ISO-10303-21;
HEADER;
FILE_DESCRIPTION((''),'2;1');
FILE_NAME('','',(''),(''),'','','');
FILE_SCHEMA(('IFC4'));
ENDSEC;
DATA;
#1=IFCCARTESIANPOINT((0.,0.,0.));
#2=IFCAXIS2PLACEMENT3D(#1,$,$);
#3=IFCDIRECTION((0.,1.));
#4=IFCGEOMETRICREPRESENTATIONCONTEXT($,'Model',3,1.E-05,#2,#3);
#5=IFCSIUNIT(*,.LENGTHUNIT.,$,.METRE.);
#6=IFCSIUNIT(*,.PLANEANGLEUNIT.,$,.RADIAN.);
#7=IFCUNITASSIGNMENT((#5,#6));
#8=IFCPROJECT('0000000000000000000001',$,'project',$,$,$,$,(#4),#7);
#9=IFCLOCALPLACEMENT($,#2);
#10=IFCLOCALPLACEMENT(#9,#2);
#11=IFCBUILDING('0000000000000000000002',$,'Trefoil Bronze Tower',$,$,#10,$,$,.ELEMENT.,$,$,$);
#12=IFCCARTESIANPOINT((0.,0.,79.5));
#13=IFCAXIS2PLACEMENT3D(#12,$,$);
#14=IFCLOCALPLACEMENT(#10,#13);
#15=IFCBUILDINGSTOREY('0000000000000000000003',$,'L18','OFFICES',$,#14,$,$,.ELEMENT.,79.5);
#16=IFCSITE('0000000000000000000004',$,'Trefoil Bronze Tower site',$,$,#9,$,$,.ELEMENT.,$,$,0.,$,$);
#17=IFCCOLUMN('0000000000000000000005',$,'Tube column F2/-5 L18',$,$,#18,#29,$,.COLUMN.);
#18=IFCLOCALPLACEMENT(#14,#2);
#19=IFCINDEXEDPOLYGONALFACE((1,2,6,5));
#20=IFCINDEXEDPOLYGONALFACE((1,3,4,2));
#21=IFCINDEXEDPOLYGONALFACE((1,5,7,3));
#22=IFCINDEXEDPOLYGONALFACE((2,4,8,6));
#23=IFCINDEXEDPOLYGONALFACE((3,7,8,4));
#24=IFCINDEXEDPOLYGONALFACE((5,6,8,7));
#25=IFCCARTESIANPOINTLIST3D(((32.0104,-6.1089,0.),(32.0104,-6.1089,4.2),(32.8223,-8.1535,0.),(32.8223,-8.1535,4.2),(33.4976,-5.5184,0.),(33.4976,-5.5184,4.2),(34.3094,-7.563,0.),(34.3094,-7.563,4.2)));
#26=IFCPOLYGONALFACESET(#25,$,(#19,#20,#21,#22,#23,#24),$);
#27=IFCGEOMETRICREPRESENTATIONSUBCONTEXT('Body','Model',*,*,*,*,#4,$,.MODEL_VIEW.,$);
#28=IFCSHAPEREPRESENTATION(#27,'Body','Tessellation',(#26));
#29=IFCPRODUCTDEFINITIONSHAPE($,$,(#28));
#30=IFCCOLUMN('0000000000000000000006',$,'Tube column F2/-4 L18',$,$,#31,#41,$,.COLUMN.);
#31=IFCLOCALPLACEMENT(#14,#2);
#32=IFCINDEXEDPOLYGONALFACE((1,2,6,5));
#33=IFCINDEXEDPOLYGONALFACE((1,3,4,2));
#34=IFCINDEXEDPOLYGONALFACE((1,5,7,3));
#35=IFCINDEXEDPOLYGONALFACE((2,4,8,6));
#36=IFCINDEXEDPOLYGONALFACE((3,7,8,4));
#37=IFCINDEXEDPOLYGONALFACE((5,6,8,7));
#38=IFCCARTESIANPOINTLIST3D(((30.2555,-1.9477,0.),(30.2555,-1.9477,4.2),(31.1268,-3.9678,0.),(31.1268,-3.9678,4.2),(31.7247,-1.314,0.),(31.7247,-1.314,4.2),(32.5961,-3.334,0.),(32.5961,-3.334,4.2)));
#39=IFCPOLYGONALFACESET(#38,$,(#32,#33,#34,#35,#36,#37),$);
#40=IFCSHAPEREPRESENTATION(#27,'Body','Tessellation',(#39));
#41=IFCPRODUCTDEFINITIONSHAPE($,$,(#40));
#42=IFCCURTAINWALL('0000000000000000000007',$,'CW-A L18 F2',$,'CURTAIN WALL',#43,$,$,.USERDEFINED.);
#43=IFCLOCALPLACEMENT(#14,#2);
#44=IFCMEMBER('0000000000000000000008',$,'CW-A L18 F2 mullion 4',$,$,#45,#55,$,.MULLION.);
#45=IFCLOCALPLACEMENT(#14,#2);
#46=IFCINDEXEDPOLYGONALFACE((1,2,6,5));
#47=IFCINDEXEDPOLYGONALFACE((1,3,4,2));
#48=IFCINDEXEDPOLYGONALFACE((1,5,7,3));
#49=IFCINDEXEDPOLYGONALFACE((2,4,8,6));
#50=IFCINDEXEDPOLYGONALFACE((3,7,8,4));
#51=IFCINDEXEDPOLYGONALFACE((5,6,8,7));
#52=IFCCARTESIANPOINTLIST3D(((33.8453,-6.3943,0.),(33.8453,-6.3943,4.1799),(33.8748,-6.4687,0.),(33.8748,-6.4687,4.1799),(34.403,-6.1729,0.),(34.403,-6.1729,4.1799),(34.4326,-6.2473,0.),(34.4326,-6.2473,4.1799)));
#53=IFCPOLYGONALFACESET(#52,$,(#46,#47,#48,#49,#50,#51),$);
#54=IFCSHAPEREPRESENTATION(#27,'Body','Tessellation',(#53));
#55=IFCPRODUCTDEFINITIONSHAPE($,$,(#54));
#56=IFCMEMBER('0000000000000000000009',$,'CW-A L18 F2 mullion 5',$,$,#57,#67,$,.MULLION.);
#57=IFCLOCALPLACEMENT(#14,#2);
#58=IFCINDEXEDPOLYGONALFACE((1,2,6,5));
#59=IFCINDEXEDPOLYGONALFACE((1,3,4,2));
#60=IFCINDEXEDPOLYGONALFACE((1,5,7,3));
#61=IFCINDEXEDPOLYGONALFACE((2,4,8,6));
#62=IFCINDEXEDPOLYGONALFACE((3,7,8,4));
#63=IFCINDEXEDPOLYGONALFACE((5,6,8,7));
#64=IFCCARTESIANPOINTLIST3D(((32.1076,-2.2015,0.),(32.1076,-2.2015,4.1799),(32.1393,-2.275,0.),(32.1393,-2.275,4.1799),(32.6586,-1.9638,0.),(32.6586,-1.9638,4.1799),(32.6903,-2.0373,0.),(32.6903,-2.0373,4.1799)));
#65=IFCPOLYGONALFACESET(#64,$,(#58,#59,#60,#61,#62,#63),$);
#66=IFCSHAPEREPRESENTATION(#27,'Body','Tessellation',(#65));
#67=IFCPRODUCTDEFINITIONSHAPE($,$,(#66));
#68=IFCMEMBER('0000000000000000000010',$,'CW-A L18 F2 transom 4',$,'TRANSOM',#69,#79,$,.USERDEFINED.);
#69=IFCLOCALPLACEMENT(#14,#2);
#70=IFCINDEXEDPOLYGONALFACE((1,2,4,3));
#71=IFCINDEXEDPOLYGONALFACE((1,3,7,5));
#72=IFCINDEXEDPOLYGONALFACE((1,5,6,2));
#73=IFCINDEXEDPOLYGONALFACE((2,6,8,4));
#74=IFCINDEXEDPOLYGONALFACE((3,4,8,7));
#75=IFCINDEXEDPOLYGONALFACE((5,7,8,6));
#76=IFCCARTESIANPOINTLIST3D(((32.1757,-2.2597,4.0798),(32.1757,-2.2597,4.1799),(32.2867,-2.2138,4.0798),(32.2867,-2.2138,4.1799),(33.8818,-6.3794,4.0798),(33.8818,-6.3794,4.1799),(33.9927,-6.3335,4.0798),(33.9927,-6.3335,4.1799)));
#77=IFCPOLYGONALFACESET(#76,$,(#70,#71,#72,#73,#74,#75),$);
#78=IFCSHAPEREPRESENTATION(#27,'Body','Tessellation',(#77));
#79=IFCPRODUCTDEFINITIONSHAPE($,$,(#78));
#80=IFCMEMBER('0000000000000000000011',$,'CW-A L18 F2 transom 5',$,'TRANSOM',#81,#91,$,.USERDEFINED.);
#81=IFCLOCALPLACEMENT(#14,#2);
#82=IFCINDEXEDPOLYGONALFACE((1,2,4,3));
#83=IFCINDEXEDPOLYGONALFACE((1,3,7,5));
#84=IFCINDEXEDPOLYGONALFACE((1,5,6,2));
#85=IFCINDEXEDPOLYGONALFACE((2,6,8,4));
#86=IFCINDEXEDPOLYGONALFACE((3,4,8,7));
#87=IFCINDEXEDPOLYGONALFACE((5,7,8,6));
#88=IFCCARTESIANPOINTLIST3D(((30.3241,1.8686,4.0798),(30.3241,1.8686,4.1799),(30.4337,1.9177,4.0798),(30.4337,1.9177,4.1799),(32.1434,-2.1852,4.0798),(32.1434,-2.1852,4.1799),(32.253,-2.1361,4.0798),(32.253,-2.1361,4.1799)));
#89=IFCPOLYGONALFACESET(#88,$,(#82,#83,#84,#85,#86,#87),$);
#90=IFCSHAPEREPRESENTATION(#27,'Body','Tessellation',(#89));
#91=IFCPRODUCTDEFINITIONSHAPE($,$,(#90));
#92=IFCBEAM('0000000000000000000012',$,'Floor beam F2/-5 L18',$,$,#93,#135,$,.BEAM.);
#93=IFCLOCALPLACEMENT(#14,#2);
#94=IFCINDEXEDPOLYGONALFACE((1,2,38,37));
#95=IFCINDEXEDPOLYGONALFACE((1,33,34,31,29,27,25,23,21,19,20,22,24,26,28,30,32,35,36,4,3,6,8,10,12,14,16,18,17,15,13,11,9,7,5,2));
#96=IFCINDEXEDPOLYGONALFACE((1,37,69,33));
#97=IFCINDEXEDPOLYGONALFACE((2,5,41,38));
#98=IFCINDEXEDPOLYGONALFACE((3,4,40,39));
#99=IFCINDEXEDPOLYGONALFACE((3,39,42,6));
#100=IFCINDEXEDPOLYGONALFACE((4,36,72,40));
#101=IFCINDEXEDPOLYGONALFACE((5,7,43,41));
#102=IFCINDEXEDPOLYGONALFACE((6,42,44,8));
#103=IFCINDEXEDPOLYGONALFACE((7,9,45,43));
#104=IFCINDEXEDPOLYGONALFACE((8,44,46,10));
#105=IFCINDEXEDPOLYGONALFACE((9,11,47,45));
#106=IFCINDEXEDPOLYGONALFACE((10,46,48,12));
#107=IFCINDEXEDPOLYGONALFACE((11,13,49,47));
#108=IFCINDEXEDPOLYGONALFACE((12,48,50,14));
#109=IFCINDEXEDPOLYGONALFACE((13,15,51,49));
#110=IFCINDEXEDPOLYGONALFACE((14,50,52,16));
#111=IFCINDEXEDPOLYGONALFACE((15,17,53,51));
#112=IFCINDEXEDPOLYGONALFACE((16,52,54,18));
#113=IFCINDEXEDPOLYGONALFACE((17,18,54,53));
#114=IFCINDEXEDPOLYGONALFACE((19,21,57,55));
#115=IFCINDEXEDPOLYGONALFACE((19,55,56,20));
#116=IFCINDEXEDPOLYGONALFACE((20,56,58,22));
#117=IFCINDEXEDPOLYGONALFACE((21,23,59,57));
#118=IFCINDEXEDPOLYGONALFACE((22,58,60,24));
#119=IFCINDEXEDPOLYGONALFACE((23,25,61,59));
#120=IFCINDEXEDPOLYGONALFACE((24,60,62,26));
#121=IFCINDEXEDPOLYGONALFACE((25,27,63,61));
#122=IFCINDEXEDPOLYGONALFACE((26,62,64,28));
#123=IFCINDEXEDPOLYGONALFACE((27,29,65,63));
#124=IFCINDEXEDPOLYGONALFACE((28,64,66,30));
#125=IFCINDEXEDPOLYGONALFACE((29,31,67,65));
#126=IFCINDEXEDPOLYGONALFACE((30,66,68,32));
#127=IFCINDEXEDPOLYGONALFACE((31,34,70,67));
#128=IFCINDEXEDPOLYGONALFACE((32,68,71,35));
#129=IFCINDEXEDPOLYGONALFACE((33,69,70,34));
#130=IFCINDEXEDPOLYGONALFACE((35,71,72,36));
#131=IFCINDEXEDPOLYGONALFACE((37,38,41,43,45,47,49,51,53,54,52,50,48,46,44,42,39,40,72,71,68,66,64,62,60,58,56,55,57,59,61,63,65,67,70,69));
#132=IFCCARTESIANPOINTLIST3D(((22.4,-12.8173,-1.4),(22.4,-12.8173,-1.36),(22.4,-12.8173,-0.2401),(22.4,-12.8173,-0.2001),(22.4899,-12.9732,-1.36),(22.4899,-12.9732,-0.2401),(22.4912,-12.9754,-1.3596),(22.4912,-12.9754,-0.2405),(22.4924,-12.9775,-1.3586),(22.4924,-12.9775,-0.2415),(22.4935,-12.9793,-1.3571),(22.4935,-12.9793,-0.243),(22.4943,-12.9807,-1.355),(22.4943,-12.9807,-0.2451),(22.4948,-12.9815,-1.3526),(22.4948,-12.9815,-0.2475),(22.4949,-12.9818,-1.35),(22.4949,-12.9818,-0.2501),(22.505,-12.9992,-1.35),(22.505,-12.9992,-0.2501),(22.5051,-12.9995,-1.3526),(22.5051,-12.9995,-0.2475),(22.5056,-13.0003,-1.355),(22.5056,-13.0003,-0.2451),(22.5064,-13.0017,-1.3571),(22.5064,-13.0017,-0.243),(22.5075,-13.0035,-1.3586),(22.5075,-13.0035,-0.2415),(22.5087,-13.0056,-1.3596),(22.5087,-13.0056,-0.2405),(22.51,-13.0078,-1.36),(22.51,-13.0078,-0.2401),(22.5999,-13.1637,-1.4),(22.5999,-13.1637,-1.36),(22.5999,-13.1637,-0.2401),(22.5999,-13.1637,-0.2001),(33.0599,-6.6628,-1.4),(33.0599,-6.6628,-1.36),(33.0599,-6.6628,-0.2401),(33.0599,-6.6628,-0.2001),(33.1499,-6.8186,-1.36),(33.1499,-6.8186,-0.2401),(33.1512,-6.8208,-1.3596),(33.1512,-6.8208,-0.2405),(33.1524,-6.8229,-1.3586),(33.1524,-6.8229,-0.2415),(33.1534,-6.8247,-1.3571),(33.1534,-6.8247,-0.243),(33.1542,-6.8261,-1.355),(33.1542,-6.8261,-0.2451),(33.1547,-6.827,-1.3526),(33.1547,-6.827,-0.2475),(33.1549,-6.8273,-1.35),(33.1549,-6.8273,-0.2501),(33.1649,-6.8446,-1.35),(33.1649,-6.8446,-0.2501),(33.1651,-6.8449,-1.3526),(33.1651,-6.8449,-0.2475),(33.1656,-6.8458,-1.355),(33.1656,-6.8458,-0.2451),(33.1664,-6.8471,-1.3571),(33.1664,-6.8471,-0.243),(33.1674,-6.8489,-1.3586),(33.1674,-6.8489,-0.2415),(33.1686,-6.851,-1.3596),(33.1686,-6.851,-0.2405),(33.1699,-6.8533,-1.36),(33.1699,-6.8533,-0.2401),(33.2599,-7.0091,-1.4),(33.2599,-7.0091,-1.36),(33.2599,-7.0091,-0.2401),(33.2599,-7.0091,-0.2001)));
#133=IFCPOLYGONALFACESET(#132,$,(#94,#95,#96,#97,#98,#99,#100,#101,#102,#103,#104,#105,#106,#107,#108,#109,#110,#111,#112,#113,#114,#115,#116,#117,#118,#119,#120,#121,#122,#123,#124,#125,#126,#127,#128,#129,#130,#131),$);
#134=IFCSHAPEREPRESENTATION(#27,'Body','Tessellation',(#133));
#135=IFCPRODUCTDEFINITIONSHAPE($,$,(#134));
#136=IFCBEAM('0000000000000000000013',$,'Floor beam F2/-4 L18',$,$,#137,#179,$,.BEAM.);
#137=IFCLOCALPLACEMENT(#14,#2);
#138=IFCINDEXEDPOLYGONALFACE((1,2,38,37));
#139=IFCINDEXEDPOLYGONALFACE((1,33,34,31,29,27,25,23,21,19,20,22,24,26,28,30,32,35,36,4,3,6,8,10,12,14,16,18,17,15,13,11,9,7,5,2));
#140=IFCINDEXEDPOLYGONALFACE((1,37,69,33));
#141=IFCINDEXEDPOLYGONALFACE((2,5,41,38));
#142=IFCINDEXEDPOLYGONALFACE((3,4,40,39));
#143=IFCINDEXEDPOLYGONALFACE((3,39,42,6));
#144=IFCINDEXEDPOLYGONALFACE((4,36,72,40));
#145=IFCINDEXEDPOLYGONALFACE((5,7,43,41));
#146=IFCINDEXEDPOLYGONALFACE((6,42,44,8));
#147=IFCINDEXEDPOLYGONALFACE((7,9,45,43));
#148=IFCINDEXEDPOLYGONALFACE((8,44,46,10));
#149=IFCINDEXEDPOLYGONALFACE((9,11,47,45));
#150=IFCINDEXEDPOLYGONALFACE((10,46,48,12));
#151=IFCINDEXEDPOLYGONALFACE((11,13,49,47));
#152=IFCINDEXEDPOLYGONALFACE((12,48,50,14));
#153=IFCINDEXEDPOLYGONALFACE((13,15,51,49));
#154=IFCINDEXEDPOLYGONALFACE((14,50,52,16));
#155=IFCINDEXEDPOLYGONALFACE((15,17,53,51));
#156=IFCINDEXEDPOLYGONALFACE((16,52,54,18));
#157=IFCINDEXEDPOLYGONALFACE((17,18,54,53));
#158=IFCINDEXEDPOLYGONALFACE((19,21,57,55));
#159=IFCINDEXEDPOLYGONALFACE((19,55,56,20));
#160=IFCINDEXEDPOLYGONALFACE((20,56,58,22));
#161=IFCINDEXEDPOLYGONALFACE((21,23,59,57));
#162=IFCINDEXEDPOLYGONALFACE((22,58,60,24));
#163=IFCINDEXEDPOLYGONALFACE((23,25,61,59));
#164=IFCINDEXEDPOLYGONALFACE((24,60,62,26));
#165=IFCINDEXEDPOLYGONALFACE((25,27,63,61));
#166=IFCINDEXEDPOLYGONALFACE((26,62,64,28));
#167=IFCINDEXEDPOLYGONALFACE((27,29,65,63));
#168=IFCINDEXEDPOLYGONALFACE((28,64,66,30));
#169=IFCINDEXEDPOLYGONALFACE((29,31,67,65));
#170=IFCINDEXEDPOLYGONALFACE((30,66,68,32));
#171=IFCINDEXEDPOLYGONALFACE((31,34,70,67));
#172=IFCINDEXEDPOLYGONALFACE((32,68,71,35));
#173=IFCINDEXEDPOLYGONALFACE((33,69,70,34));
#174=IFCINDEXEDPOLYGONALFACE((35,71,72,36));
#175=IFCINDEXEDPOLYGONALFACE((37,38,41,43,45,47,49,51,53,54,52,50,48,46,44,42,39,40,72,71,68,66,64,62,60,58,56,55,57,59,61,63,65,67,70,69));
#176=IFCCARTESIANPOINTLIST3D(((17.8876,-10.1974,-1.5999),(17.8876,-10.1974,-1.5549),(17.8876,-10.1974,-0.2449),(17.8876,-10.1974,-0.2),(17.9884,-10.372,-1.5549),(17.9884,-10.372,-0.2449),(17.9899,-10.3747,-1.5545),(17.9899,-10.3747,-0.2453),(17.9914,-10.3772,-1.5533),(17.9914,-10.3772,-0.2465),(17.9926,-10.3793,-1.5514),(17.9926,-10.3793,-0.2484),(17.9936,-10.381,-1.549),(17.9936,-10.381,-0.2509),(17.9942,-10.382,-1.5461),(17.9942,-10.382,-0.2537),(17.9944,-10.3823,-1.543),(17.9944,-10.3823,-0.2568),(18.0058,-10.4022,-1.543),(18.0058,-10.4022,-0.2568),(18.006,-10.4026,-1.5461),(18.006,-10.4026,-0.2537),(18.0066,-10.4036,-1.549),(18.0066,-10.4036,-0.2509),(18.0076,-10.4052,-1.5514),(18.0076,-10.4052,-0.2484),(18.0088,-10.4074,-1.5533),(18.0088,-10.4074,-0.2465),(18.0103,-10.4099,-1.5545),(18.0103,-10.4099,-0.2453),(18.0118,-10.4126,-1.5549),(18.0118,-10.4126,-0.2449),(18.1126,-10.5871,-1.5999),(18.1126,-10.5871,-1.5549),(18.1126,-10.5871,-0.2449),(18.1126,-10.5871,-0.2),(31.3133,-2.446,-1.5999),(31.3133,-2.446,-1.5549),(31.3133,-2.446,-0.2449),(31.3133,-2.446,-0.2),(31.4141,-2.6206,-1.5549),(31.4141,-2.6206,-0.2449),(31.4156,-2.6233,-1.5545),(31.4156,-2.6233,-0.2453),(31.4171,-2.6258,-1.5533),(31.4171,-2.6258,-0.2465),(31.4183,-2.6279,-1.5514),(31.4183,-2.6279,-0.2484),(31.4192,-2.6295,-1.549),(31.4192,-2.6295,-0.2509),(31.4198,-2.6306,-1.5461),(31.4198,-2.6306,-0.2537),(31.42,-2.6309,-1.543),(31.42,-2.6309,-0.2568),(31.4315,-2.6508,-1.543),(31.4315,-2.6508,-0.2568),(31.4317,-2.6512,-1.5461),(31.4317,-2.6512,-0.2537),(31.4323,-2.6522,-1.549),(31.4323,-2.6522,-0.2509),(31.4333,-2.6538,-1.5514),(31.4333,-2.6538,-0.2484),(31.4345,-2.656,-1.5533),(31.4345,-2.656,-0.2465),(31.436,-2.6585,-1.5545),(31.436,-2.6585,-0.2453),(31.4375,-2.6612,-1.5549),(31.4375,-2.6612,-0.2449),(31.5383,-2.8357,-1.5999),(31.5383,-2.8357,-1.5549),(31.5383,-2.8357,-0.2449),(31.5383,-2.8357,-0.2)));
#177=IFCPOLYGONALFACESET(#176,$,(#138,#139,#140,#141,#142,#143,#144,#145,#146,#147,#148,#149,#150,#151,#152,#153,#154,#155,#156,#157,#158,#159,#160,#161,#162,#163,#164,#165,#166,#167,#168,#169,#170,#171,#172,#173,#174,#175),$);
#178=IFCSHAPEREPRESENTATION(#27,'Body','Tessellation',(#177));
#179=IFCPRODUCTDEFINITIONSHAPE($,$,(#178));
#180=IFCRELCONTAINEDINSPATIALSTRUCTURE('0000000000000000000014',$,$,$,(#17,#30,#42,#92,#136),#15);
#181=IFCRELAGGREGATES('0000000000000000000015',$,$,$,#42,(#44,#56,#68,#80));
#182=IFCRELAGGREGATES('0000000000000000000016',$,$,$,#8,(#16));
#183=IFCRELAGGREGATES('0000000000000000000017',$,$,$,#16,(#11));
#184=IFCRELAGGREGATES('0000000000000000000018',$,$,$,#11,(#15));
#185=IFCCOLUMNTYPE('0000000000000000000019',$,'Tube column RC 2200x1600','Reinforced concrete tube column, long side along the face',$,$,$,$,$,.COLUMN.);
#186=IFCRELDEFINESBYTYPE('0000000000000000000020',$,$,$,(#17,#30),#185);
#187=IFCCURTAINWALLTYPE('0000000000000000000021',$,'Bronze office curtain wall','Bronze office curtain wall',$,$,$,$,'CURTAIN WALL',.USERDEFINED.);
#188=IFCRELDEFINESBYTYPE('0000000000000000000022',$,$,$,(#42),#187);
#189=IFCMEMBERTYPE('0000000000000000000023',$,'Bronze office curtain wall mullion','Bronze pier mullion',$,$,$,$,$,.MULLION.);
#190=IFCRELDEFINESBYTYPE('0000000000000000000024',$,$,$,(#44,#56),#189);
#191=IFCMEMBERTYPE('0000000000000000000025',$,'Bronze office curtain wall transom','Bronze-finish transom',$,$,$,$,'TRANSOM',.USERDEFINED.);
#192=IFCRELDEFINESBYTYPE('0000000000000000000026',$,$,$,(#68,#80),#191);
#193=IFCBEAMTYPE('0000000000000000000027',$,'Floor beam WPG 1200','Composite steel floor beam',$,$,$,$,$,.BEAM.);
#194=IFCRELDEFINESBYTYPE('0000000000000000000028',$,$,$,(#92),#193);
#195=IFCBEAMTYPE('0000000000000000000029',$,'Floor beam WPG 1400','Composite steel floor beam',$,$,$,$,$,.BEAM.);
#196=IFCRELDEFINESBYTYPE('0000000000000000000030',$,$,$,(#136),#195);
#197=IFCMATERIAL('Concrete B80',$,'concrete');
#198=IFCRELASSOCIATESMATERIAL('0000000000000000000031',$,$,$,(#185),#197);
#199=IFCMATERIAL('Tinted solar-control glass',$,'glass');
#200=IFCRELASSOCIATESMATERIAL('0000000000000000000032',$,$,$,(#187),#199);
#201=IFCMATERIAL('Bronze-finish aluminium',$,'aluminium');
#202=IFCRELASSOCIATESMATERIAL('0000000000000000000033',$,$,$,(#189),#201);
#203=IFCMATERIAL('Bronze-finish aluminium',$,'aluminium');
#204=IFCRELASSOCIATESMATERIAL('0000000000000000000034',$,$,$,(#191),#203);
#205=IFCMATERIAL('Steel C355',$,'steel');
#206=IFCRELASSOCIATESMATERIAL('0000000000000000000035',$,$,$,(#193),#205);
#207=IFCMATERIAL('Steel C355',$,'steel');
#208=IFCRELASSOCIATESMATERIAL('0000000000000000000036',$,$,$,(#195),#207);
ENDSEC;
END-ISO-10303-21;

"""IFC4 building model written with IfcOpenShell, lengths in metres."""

from ifc_helpers import new_model, si_unit, direction, frame, origin, origin_2d, place, context, subcontext, project, spatial, rectangle, i_section, extrude, material, material_profile, profile_set, type_object, element, aggregate, save


model = new_model("IFC4")

# Units and contexts
model_context = context("Model", 3, precision=1e-05, world=origin(), true_north=direction((0.0, 1.0)))
body_context = subcontext(model_context, "Body", "Model", "MODEL_VIEW")
ifc_project = project(units=[si_unit("LENGTHUNIT", "METRE"), si_unit("PLANEANGLEUNIT", "RADIAN")], contexts=[model_context])

# Site, building, storey
site_placement = place(None, origin())
site = spatial("IfcSite", under=ifc_project, at=site_placement, Name="Trefoil Bronze Tower site", CompositionType="ELEMENT", RefElevation=0.0)
building_placement = place(site_placement, origin())
building = spatial("IfcBuilding", under=site, at=building_placement, Name="Trefoil Bronze Tower", CompositionType="ELEMENT")
storey_placement = place(building_placement, frame((0.0, 0.0, 79.5)))
storey = spatial("IfcBuildingStorey", under=building, at=storey_placement, Name="L18", Description="OFFICES", CompositionType="ELEMENT", Elevation=79.5)

# Columns
ifc_material_1 = material(Name="Concrete B80", Category="concrete")
ifc_material_profile_1 = material_profile(ifc_material_1, rectangle(XDim=2.2, YDim=1.6001, at=origin_2d()), Name="RC 2200x1600")
ifc_profile_set_1 = profile_set([ifc_material_profile_1], Name="Concrete B80")
column_type = type_object("IfcColumnType", Name="Tube column RC 2200x1600", Description="Reinforced concrete tube column, long side along the face", PredefinedType="COLUMN", material=ifc_profile_set_1)
for number, where, z_axis, x_axis, name in (
    (1, (33.1599, -6.8359, 0.0), (0.0, 0.0, 1.0), (-0.36904, 0.929414, 0.0), "Tube column F2/-5 L18"),
    (2, (31.4258, -2.6409, 0.0), (0.0, 0.0, 1.0), (-0.396085, 0.918214, 0.0), "Tube column F2/-4 L18"),
):
    element("IfcColumn", number, at=place(storey_placement, frame(where, z_axis=z_axis, x_axis=x_axis)), inside=storey, type_object=column_type, Name=name, PredefinedType="COLUMN", context=body_context, shape_type="SweptSolid", body=[
        extrude(rectangle(XDim=2.2, YDim=1.6001, at=origin_2d()), origin(), (0.0, 0.0, 1.0), 4.2),
    ])

# Curtain wall, members
ifc_material_2 = material(Name="Tinted solar-control glass", Category="glass")
curtain_wall_type = type_object("IfcCurtainWallType", Name="Bronze office curtain wall", Description="Bronze office curtain wall", ElementType="CURTAIN WALL", PredefinedType="USERDEFINED", material=ifc_material_2)
curtain_wall_placement = place(storey_placement, origin())
curtain_wall = element("IfcCurtainWall", 3, at=curtain_wall_placement, inside=storey, type_object=curtain_wall_type, Name="CW-A L18 F2", ObjectType="CURTAIN WALL", PredefinedType="USERDEFINED")
ifc_material_3 = material(Name="Bronze-finish aluminium", Category="aluminium")
ifc_material_profile_2 = material_profile(ifc_material_3, rectangle(XDim=0.6001, YDim=0.0801, at=origin_2d()), Name="CW-A mullion")
ifc_profile_set_2 = profile_set([ifc_material_profile_2], Name="Bronze-finish aluminium")
member_type_1 = type_object("IfcMemberType", Name="Bronze office curtain wall mullion", Description="Bronze pier mullion", PredefinedType="MULLION", material=ifc_profile_set_2)
member_1_placement = place(storey_placement, frame((34.1389, -6.3208, 0.0), z_axis=(0.0, 0.0, 1.0), x_axis=(-0.929414, -0.36904, 0.0)))
member_1 = element("IfcMember", 4, at=member_1_placement, type_object=member_type_1, Name="CW-A L18 F2 mullion 4", PredefinedType="MULLION", context=body_context, shape_type="SweptSolid", body=[
    extrude(rectangle(XDim=0.6001, YDim=0.0801, at=origin_2d()), origin(), (0.0, 0.0, 1.0), 4.1799),
])
member_2_placement = place(storey_placement, frame((32.3989, -2.1194, 0.0), z_axis=(0.0, 0.0, 1.0), x_axis=(-0.918214, -0.396085, 0.0)))
member_2 = element("IfcMember", 5, at=member_2_placement, type_object=member_type_1, Name="CW-A L18 F2 mullion 5", PredefinedType="MULLION", context=body_context, shape_type="SweptSolid", body=[
    extrude(rectangle(XDim=0.6001, YDim=0.0801, at=origin_2d()), origin(), (0.0, 0.0, 1.0), 4.1799),
])
ifc_material_4 = material(Name="Bronze-finish aluminium", Category="aluminium")
ifc_material_profile_3 = material_profile(ifc_material_4, rectangle(XDim=0.1201, YDim=0.1001, at=origin_2d()), Name="CW-A transom")
ifc_profile_set_3 = profile_set([ifc_material_profile_3], Name="Bronze-finish aluminium")
member_type_2 = type_object("IfcMemberType", Name="Bronze office curtain wall transom", Description="Bronze-finish transom", ElementType="TRANSOM", PredefinedType="USERDEFINED", material=ifc_profile_set_3)
member_3_placement = place(storey_placement, frame((33.9373, -6.3564, 4.1299), z_axis=(-0.382616, 0.923907, 0.0), x_axis=(-0.923907, -0.382616, 0.0)))
member_3 = element("IfcMember", 6, at=member_3_placement, type_object=member_type_2, Name="CW-A L18 F2 transom 4", ObjectType="TRANSOM", PredefinedType="USERDEFINED", context=body_context, shape_type="SweptSolid", body=[
    extrude(rectangle(XDim=0.1201, YDim=0.1001, at=origin_2d()), origin(), (0.0, 0.0, 1.0), 4.459),
])
member_4_placement = place(storey_placement, frame((32.1982, -2.1606, 4.1299), z_axis=(-0.40946, 0.912328, 0.0), x_axis=(-0.912328, -0.40946, 0.0)))
member_4 = element("IfcMember", 7, at=member_4_placement, type_object=member_type_2, Name="CW-A L18 F2 transom 5", ObjectType="TRANSOM", PredefinedType="USERDEFINED", context=body_context, shape_type="SweptSolid", body=[
    extrude(rectangle(XDim=0.1201, YDim=0.1001, at=origin_2d()), origin(), (0.0, 0.0, 1.0), 4.4434),
])

# Beams
ifc_material_5 = material(Name="Steel C355", Category="steel")
ifc_material_profile_4 = material_profile(ifc_material_5, i_section(OverallWidth=0.3999, OverallDepth=1.2, WebThickness=0.02, FlangeThickness=0.04, FilletRadius=0.01, at=origin_2d()), Name="WPG 1200")
ifc_profile_set_4 = profile_set([ifc_material_profile_4], Name="Steel C355")
beam_type_1 = type_object("IfcBeamType", Name="Floor beam WPG 1200", Description="Composite steel floor beam", PredefinedType="BEAM", material=ifc_profile_set_4)
beam_1_placement = place(storey_placement, frame((33.1599, -6.8359, -0.8), z_axis=(-0.866024, -0.500002, 0.0), x_axis=(0.500002, -0.866024, 0.0)))
element("IfcBeam", 8, at=beam_1_placement, inside=storey, type_object=beam_type_1, Name="Floor beam F2/-5 L18", PredefinedType="BEAM", context=body_context, shape_type="SweptSolid", body=[
    extrude(i_section(OverallWidth=0.3999, OverallDepth=1.2, WebThickness=0.02, FlangeThickness=0.04, FilletRadius=0.01, at=origin_2d()), origin(), (0.0, 0.0, 1.0), 12.3091),
])
ifc_material_6 = material(Name="Steel C355", Category="steel")
ifc_material_profile_5 = material_profile(ifc_material_6, i_section(OverallWidth=0.45, OverallDepth=1.3999, WebThickness=0.0229, FlangeThickness=0.0449, FilletRadius=0.012, at=origin_2d()), Name="WPG 1400")
ifc_profile_set_5 = profile_set([ifc_material_profile_5], Name="Steel C355")
beam_type_2 = type_object("IfcBeamType", Name="Floor beam WPG 1400", Description="Composite steel floor beam", PredefinedType="BEAM", material=ifc_profile_set_5)
beam_2_placement = place(storey_placement, frame((31.4258, -2.6409, -0.8999), z_axis=(-0.866023, -0.500004, 0.0), x_axis=(0.500004, -0.866023, 0.0)))
element("IfcBeam", 9, at=beam_2_placement, inside=storey, type_object=beam_type_2, Name="Floor beam F2/-4 L18", PredefinedType="BEAM", context=body_context, shape_type="SweptSolid", body=[
    extrude(i_section(OverallWidth=0.45, OverallDepth=1.3999, WebThickness=0.0229, FlangeThickness=0.0449, FilletRadius=0.012, at=origin_2d()), origin(), (0.0, 0.0, 1.0), 15.5027),
])

aggregate(curtain_wall, [member_1, member_2, member_3, member_4])

save(model, "model.ifc")
